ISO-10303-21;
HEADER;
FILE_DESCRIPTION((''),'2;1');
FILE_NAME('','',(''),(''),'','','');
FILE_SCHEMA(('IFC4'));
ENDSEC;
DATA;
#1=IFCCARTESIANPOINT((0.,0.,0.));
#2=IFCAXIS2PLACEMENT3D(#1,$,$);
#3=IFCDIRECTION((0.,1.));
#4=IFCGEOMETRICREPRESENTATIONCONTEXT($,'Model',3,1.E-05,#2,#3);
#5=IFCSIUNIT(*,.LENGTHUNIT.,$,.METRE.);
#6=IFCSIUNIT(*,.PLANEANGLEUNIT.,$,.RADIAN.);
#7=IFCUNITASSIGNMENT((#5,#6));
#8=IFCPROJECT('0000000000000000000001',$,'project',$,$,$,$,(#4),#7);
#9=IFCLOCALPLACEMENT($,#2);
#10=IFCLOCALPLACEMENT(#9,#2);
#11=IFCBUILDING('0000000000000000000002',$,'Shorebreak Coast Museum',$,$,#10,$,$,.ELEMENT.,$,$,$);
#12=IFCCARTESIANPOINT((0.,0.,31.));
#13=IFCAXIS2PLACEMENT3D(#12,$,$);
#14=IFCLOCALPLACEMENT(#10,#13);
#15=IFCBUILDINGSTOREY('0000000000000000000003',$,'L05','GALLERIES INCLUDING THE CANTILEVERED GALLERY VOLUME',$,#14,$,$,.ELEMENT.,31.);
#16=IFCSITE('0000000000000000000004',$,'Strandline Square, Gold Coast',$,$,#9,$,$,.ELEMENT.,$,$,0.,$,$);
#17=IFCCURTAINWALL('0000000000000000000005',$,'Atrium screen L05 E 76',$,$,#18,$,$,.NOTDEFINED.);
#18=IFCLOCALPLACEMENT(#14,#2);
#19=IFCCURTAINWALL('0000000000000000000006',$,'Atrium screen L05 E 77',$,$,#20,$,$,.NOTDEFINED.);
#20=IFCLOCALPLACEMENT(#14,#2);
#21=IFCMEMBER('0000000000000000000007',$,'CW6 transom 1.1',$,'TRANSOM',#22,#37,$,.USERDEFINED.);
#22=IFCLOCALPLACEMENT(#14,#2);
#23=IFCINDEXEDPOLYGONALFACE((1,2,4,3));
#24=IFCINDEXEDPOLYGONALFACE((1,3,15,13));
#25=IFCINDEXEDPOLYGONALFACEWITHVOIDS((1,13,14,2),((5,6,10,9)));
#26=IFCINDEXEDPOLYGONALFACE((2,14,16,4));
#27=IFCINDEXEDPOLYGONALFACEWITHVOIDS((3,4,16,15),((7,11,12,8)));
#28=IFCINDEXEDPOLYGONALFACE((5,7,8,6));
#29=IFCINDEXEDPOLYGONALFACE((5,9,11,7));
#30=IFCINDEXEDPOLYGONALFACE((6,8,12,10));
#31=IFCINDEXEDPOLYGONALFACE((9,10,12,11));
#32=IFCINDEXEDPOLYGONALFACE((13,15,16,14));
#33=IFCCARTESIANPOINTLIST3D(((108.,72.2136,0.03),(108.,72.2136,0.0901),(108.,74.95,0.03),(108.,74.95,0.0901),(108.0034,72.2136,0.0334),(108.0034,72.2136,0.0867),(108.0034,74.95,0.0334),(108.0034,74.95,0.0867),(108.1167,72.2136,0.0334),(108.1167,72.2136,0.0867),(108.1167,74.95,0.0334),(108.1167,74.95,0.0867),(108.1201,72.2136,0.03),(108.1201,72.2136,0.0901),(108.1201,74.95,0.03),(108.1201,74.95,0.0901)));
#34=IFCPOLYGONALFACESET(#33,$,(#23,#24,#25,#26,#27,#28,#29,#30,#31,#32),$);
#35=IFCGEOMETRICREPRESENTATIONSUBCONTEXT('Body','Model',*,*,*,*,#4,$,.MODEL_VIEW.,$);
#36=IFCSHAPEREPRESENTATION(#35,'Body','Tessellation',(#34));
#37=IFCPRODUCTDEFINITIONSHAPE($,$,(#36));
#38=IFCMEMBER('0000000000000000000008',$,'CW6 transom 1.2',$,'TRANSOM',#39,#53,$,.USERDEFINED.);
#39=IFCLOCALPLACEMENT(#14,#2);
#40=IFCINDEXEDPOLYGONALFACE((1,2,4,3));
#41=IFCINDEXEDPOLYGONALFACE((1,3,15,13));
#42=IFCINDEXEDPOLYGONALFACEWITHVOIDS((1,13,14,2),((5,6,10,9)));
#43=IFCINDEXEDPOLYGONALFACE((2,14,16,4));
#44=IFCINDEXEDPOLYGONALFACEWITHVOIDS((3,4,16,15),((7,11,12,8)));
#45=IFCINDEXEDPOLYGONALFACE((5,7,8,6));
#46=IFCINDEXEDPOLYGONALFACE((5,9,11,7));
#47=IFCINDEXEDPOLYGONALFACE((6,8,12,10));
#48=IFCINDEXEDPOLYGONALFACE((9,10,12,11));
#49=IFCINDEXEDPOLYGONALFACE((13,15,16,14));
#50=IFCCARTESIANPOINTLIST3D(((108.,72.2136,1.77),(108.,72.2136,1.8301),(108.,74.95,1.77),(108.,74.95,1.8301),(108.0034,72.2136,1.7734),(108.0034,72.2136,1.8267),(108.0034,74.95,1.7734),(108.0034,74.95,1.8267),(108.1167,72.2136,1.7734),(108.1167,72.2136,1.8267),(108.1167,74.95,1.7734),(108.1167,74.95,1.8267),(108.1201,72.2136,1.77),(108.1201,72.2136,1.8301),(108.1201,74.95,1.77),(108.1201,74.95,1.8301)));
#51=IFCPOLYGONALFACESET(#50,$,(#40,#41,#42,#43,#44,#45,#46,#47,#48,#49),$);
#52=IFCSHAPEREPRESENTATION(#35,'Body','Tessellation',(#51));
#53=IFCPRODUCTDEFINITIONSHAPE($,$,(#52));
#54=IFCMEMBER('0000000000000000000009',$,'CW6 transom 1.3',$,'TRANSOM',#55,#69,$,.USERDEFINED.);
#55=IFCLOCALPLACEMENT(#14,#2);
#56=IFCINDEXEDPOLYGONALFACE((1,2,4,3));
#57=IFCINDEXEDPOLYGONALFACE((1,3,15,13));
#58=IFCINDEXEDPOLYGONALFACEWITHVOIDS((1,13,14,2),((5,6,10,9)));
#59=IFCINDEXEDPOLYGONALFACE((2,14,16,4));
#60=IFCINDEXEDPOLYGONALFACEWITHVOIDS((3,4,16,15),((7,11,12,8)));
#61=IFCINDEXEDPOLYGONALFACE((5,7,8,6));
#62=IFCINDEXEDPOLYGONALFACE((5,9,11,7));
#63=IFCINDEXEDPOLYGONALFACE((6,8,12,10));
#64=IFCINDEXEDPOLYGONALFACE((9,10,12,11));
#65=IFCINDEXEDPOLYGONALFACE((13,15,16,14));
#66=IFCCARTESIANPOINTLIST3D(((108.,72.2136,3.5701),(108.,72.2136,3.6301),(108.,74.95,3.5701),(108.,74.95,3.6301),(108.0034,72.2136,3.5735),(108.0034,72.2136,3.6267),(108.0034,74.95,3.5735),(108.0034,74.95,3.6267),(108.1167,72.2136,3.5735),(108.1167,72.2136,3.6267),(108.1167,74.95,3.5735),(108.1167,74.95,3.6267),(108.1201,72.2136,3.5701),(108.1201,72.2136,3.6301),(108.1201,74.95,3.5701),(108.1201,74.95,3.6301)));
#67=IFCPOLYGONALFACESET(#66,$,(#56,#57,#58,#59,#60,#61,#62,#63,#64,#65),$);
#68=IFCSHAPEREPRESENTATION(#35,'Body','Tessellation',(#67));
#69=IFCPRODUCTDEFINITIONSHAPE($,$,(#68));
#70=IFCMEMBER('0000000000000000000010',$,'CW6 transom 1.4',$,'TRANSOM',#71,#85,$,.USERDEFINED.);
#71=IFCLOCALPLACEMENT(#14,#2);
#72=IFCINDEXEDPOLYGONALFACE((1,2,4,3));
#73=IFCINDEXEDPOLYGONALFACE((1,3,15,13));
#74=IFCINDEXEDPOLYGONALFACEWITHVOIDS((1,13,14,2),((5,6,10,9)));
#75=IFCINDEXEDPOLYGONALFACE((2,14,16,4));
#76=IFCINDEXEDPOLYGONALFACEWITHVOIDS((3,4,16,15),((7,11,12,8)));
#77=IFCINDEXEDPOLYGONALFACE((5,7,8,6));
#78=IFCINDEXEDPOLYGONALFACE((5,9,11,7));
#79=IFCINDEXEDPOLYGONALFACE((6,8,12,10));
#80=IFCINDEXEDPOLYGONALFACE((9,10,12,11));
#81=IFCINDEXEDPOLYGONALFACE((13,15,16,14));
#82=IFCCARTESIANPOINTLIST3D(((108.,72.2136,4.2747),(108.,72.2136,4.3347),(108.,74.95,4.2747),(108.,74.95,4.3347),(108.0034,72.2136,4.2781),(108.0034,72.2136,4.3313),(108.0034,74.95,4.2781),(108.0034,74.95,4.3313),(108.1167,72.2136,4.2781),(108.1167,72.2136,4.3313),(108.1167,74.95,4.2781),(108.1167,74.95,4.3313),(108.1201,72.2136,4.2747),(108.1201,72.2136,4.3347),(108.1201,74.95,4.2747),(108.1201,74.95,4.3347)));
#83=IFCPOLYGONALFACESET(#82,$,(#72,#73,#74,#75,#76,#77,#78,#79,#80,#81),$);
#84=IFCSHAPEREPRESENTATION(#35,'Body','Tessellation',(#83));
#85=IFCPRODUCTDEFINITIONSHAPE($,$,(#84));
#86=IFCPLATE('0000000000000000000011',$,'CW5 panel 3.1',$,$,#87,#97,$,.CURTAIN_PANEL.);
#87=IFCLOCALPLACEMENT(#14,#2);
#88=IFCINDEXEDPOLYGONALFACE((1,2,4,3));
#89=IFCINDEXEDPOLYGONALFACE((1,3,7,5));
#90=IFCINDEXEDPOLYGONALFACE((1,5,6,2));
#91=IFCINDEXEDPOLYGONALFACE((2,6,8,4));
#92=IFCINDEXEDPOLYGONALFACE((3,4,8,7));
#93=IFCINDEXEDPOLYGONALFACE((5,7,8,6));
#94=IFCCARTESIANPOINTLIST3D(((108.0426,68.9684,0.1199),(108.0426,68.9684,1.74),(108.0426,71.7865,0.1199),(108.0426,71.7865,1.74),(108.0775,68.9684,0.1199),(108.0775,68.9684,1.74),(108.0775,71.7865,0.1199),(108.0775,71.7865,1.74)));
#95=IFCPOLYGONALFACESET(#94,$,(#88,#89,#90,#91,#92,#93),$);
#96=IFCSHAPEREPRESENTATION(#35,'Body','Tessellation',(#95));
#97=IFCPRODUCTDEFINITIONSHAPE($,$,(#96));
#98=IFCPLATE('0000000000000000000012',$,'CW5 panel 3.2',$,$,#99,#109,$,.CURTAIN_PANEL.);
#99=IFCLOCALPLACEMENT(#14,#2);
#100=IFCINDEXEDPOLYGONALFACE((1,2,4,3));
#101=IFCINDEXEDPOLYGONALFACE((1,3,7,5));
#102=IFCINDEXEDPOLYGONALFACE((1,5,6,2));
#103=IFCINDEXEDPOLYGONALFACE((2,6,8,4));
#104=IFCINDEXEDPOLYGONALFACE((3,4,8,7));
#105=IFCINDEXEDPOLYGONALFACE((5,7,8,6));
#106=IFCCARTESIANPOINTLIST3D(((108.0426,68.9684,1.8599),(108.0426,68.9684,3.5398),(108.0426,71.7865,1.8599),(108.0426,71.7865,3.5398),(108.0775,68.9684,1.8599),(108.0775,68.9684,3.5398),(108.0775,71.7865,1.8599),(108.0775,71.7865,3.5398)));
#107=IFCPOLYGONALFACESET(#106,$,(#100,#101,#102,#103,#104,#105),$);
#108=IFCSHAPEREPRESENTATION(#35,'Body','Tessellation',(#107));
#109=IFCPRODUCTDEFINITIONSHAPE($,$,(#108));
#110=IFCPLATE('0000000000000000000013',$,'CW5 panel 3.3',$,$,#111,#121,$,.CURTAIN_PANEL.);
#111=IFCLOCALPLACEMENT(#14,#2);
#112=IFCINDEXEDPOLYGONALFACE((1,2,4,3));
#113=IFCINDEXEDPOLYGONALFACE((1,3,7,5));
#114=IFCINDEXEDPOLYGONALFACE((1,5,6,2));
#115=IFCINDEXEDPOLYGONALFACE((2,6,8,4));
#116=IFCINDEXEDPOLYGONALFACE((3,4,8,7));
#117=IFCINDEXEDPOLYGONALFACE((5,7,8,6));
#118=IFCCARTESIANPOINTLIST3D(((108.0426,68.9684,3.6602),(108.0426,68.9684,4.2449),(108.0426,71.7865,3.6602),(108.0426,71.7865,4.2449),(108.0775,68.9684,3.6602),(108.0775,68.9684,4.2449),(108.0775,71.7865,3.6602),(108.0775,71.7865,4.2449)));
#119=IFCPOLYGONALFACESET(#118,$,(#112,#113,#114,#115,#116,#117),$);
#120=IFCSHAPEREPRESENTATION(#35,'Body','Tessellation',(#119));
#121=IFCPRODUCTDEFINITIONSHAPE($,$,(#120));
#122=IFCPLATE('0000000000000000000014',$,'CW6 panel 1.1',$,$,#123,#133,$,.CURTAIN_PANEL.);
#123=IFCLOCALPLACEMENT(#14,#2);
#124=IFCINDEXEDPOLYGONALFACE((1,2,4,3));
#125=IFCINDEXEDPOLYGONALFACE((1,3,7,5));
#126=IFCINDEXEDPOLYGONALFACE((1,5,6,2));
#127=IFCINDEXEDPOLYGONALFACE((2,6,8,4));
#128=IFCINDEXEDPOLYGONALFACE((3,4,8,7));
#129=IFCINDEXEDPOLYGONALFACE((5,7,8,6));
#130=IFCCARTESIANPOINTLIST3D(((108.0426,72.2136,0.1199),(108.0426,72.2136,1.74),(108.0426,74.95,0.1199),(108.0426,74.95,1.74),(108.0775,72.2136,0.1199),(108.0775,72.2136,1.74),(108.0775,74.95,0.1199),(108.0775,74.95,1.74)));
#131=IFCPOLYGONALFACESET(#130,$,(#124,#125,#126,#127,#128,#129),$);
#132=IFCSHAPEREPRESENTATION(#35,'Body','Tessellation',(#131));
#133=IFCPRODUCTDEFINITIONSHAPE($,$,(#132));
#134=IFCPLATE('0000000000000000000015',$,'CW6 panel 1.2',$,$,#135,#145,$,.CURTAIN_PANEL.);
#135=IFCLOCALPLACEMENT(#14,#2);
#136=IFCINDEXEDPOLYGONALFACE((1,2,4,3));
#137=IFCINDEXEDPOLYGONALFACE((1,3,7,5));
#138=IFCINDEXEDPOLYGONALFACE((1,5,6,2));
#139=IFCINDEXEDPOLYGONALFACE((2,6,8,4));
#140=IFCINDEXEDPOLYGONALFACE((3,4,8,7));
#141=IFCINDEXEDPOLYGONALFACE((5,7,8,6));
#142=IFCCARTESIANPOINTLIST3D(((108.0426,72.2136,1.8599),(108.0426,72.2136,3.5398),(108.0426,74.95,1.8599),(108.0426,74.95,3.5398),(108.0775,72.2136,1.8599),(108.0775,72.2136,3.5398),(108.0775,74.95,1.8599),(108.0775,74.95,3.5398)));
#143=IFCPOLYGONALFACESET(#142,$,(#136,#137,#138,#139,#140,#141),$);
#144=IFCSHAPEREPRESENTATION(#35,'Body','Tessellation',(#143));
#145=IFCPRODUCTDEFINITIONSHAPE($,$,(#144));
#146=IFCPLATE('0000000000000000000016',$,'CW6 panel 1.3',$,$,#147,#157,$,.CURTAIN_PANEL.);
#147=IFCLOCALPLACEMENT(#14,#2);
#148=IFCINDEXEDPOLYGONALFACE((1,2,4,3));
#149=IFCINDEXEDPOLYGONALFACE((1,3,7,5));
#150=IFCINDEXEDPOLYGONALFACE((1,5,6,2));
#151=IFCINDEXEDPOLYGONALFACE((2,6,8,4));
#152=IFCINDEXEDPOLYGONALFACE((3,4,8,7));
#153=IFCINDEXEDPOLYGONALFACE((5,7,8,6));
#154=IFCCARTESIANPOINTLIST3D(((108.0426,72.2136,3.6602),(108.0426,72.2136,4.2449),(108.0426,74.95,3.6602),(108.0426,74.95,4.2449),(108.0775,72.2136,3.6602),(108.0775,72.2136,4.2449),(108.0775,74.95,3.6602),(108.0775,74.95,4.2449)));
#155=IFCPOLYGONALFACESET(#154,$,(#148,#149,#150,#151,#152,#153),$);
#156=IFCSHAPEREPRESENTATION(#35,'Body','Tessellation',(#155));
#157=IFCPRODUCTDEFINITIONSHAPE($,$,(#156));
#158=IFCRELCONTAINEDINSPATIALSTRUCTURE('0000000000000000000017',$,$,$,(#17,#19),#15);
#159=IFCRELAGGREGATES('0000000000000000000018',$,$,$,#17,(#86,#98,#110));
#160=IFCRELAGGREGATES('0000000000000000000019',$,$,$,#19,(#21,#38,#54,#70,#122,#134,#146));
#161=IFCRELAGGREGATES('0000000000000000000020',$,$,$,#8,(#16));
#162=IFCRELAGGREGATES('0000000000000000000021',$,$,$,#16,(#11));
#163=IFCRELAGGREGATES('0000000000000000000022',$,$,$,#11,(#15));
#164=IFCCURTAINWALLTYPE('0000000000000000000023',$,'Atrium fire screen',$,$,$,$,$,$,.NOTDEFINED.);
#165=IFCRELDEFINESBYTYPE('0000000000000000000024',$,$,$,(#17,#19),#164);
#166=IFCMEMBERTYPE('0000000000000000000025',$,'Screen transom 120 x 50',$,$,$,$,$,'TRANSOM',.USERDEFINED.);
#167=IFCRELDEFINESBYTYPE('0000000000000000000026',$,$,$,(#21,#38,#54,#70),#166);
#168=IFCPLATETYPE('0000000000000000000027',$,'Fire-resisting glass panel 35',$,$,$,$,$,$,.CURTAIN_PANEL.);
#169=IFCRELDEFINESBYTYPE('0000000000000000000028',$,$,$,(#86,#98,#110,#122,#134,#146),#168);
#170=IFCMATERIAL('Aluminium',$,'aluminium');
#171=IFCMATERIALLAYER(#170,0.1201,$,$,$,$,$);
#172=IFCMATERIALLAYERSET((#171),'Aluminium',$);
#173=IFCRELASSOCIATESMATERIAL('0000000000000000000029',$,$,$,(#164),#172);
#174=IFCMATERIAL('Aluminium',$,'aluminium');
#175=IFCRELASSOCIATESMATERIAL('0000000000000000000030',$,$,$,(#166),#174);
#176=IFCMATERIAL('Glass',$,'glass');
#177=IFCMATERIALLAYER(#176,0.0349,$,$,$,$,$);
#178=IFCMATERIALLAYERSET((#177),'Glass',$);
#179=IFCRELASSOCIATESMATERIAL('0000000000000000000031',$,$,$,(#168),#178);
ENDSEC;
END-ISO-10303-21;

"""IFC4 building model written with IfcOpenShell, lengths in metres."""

from ifc_helpers import new_model, si_unit, direction, frame, origin, origin_2d, place, context, subcontext, project, spatial, rectangle, hollow_rectangle, extrude, material, layer, layer_set, material_profile, profile_set, type_object, element, aggregate, save


model = new_model("IFC4")

# Units and contexts
model_context = context("Model", 3, precision=1e-05, world=origin(), true_north=direction((0.0, 1.0)))
body_context = subcontext(model_context, "Body", "Model", "MODEL_VIEW")
ifc_project = project(units=[si_unit("LENGTHUNIT", "METRE"), si_unit("PLANEANGLEUNIT", "RADIAN")], contexts=[model_context])

# Site, building, storey
site_placement = place(None, origin())
site = spatial("IfcSite", under=ifc_project, at=site_placement, Name="Strandline Square, Gold Coast", CompositionType="ELEMENT", RefElevation=0.0)
building_placement = place(site_placement, origin())
building = spatial("IfcBuilding", under=site, at=building_placement, Name="Shorebreak Coast Museum", CompositionType="ELEMENT")
storey_placement = place(building_placement, frame((0.0, 0.0, 31.0)))
storey = spatial("IfcBuildingStorey", under=building, at=storey_placement, Name="L05", Description="GALLERIES INCLUDING THE CANTILEVERED GALLERY VOLUME", CompositionType="ELEMENT", Elevation=31.0)

# Curtain walls
ifc_material_1 = material(Name="Aluminium", Category="aluminium")
ifc_layer_1 = layer(ifc_material_1, 0.1201)
ifc_layer_set_1 = layer_set([ifc_layer_1], Name="Aluminium")
curtain_wall_type = type_object("IfcCurtainWallType", Name="Atrium fire screen", PredefinedType="NOTDEFINED", material=ifc_layer_set_1)
curtain_wall_1_placement = place(storey_placement, origin())
curtain_wall_1 = element("IfcCurtainWall", 1, at=curtain_wall_1_placement, inside=storey, type_object=curtain_wall_type, Name="Atrium screen L05 E 76", PredefinedType="NOTDEFINED")
curtain_wall_2_placement = place(storey_placement, origin())
curtain_wall_2 = element("IfcCurtainWall", 2, at=curtain_wall_2_placement, inside=storey, type_object=curtain_wall_type, Name="Atrium screen L05 E 77", PredefinedType="NOTDEFINED")

# Members
ifc_material_2 = material(Name="Aluminium", Category="aluminium")
ifc_material_profile_1 = material_profile(ifc_material_2, hollow_rectangle(XDim=0.1201, YDim=0.0601, WallThickness=0.0034, at=origin_2d()), Name="AL 60x120 RHS")
ifc_profile_set_1 = profile_set([ifc_material_profile_1], Name="Aluminium")
member_type_1 = type_object("IfcMemberType", Name="Screen transom 120 x 50", ElementType="TRANSOM", PredefinedType="USERDEFINED", material=ifc_profile_set_1)
member_1_placement = place(storey_placement, frame((108.0601, 72.2136, 0.0601), z_axis=(0.0, 1.0, 0.0), x_axis=(-1.0, 0.0, 0.0)))
member_1 = element("IfcMember", 3, at=member_1_placement, type_object=member_type_1, Name="CW6 transom 1.1", ObjectType="TRANSOM", PredefinedType="USERDEFINED", context=body_context, shape_type="SweptSolid", body=[
    extrude(hollow_rectangle(XDim=0.1201, YDim=0.0601, WallThickness=0.0034, at=origin_2d()), origin(), (0.0, 0.0, 1.0), 2.7363),
])
member_2_placement = place(storey_placement, frame((108.0601, 72.2136, 1.8), z_axis=(0.0, 1.0, 0.0), x_axis=(-1.0, 0.0, 0.0)))
member_2 = element("IfcMember", 4, at=member_2_placement, type_object=member_type_1, Name="CW6 transom 1.2", ObjectType="TRANSOM", PredefinedType="USERDEFINED", context=body_context, shape_type="SweptSolid", body=[
    extrude(hollow_rectangle(XDim=0.1201, YDim=0.0601, WallThickness=0.0034, at=origin_2d()), origin(), (0.0, 0.0, 1.0), 2.7363),
])
member_3_placement = place(storey_placement, frame((108.0601, 72.2136, 3.6001), z_axis=(0.0, 1.0, 0.0), x_axis=(-1.0, 0.0, 0.0)))
member_3 = element("IfcMember", 5, at=member_3_placement, type_object=member_type_1, Name="CW6 transom 1.3", ObjectType="TRANSOM", PredefinedType="USERDEFINED", context=body_context, shape_type="SweptSolid", body=[
    extrude(hollow_rectangle(XDim=0.1201, YDim=0.0601, WallThickness=0.0034, at=origin_2d()), origin(), (0.0, 0.0, 1.0), 2.7363),
])
member_4_placement = place(storey_placement, frame((108.0601, 72.2136, 4.3047), z_axis=(0.0, 1.0, 0.0), x_axis=(-1.0, 0.0, 0.0)))
member_4 = element("IfcMember", 6, at=member_4_placement, type_object=member_type_1, Name="CW6 transom 1.4", ObjectType="TRANSOM", PredefinedType="USERDEFINED", context=body_context, shape_type="SweptSolid", body=[
    extrude(hollow_rectangle(XDim=0.1201, YDim=0.0601, WallThickness=0.0034, at=origin_2d()), origin(), (0.0, 0.0, 1.0), 2.7363),
])

# Plates
ifc_material_3 = material(Name="Glass", Category="glass")
ifc_layer_2 = layer(ifc_material_3, 0.0349)
ifc_layer_set_2 = layer_set([ifc_layer_2], Name="Glass")
plate_type = type_object("IfcPlateType", Name="Fire-resisting glass panel 35", PredefinedType="CURTAIN_PANEL", material=ifc_layer_set_2)
plate_1_placement = place(storey_placement, frame((108.0601, 70.3774, 0.1199), z_axis=(0.0, 0.0, 1.0), x_axis=(0.0, 1.0, 0.0)))
plate_1 = element("IfcPlate", 7, at=plate_1_placement, type_object=plate_type, Name="CW5 panel 3.1", PredefinedType="CURTAIN_PANEL", context=body_context, shape_type="SweptSolid", body=[
    extrude(rectangle(XDim=2.8181, YDim=0.0349, at=origin_2d()), origin(), (0.0, 0.0, 1.0), 1.6201),
])
plate_2_placement = place(storey_placement, frame((108.0601, 70.3774, 1.8599), z_axis=(0.0, 0.0, 1.0), x_axis=(0.0, 1.0, 0.0)))
plate_2 = element("IfcPlate", 8, at=plate_2_placement, type_object=plate_type, Name="CW5 panel 3.2", PredefinedType="CURTAIN_PANEL", context=body_context, shape_type="SweptSolid", body=[
    extrude(rectangle(XDim=2.8181, YDim=0.0349, at=origin_2d()), origin(), (0.0, 0.0, 1.0), 1.6799),
])
plate_3_placement = place(storey_placement, frame((108.0601, 70.3774, 3.6602), z_axis=(0.0, 0.0, 1.0), x_axis=(0.0, 1.0, 0.0)))
plate_3 = element("IfcPlate", 9, at=plate_3_placement, type_object=plate_type, Name="CW5 panel 3.3", PredefinedType="CURTAIN_PANEL", context=body_context, shape_type="SweptSolid", body=[
    extrude(rectangle(XDim=2.8181, YDim=0.0349, at=origin_2d()), origin(), (0.0, 0.0, 1.0), 0.5847),
])
aggregate(curtain_wall_1, [plate_1, plate_2, plate_3])
plate_4_placement = place(storey_placement, frame((108.0601, 73.5818, 0.1199), z_axis=(0.0, 0.0, 1.0), x_axis=(0.0, 1.0, 0.0)))
plate_4 = element("IfcPlate", 10, at=plate_4_placement, type_object=plate_type, Name="CW6 panel 1.1", PredefinedType="CURTAIN_PANEL", context=body_context, shape_type="SweptSolid", body=[
    extrude(rectangle(XDim=2.7363, YDim=0.0349, at=origin_2d()), origin(), (0.0, 0.0, 1.0), 1.6201),
])
plate_5_placement = place(storey_placement, frame((108.0601, 73.5818, 1.8599), z_axis=(0.0, 0.0, 1.0), x_axis=(0.0, 1.0, 0.0)))
plate_5 = element("IfcPlate", 11, at=plate_5_placement, type_object=plate_type, Name="CW6 panel 1.2", PredefinedType="CURTAIN_PANEL", context=body_context, shape_type="SweptSolid", body=[
    extrude(rectangle(XDim=2.7363, YDim=0.0349, at=origin_2d()), origin(), (0.0, 0.0, 1.0), 1.6799),
])
plate_6_placement = place(storey_placement, frame((108.0601, 73.5818, 3.6602), z_axis=(0.0, 0.0, 1.0), x_axis=(0.0, 1.0, 0.0)))
plate_6 = element("IfcPlate", 12, at=plate_6_placement, type_object=plate_type, Name="CW6 panel 1.3", PredefinedType="CURTAIN_PANEL", context=body_context, shape_type="SweptSolid", body=[
    extrude(rectangle(XDim=2.7363, YDim=0.0349, at=origin_2d()), origin(), (0.0, 0.0, 1.0), 0.5847),
])
aggregate(curtain_wall_2, [member_1, member_2, member_3, member_4, plate_4, plate_5, plate_6])

save(model, "model.ifc")
